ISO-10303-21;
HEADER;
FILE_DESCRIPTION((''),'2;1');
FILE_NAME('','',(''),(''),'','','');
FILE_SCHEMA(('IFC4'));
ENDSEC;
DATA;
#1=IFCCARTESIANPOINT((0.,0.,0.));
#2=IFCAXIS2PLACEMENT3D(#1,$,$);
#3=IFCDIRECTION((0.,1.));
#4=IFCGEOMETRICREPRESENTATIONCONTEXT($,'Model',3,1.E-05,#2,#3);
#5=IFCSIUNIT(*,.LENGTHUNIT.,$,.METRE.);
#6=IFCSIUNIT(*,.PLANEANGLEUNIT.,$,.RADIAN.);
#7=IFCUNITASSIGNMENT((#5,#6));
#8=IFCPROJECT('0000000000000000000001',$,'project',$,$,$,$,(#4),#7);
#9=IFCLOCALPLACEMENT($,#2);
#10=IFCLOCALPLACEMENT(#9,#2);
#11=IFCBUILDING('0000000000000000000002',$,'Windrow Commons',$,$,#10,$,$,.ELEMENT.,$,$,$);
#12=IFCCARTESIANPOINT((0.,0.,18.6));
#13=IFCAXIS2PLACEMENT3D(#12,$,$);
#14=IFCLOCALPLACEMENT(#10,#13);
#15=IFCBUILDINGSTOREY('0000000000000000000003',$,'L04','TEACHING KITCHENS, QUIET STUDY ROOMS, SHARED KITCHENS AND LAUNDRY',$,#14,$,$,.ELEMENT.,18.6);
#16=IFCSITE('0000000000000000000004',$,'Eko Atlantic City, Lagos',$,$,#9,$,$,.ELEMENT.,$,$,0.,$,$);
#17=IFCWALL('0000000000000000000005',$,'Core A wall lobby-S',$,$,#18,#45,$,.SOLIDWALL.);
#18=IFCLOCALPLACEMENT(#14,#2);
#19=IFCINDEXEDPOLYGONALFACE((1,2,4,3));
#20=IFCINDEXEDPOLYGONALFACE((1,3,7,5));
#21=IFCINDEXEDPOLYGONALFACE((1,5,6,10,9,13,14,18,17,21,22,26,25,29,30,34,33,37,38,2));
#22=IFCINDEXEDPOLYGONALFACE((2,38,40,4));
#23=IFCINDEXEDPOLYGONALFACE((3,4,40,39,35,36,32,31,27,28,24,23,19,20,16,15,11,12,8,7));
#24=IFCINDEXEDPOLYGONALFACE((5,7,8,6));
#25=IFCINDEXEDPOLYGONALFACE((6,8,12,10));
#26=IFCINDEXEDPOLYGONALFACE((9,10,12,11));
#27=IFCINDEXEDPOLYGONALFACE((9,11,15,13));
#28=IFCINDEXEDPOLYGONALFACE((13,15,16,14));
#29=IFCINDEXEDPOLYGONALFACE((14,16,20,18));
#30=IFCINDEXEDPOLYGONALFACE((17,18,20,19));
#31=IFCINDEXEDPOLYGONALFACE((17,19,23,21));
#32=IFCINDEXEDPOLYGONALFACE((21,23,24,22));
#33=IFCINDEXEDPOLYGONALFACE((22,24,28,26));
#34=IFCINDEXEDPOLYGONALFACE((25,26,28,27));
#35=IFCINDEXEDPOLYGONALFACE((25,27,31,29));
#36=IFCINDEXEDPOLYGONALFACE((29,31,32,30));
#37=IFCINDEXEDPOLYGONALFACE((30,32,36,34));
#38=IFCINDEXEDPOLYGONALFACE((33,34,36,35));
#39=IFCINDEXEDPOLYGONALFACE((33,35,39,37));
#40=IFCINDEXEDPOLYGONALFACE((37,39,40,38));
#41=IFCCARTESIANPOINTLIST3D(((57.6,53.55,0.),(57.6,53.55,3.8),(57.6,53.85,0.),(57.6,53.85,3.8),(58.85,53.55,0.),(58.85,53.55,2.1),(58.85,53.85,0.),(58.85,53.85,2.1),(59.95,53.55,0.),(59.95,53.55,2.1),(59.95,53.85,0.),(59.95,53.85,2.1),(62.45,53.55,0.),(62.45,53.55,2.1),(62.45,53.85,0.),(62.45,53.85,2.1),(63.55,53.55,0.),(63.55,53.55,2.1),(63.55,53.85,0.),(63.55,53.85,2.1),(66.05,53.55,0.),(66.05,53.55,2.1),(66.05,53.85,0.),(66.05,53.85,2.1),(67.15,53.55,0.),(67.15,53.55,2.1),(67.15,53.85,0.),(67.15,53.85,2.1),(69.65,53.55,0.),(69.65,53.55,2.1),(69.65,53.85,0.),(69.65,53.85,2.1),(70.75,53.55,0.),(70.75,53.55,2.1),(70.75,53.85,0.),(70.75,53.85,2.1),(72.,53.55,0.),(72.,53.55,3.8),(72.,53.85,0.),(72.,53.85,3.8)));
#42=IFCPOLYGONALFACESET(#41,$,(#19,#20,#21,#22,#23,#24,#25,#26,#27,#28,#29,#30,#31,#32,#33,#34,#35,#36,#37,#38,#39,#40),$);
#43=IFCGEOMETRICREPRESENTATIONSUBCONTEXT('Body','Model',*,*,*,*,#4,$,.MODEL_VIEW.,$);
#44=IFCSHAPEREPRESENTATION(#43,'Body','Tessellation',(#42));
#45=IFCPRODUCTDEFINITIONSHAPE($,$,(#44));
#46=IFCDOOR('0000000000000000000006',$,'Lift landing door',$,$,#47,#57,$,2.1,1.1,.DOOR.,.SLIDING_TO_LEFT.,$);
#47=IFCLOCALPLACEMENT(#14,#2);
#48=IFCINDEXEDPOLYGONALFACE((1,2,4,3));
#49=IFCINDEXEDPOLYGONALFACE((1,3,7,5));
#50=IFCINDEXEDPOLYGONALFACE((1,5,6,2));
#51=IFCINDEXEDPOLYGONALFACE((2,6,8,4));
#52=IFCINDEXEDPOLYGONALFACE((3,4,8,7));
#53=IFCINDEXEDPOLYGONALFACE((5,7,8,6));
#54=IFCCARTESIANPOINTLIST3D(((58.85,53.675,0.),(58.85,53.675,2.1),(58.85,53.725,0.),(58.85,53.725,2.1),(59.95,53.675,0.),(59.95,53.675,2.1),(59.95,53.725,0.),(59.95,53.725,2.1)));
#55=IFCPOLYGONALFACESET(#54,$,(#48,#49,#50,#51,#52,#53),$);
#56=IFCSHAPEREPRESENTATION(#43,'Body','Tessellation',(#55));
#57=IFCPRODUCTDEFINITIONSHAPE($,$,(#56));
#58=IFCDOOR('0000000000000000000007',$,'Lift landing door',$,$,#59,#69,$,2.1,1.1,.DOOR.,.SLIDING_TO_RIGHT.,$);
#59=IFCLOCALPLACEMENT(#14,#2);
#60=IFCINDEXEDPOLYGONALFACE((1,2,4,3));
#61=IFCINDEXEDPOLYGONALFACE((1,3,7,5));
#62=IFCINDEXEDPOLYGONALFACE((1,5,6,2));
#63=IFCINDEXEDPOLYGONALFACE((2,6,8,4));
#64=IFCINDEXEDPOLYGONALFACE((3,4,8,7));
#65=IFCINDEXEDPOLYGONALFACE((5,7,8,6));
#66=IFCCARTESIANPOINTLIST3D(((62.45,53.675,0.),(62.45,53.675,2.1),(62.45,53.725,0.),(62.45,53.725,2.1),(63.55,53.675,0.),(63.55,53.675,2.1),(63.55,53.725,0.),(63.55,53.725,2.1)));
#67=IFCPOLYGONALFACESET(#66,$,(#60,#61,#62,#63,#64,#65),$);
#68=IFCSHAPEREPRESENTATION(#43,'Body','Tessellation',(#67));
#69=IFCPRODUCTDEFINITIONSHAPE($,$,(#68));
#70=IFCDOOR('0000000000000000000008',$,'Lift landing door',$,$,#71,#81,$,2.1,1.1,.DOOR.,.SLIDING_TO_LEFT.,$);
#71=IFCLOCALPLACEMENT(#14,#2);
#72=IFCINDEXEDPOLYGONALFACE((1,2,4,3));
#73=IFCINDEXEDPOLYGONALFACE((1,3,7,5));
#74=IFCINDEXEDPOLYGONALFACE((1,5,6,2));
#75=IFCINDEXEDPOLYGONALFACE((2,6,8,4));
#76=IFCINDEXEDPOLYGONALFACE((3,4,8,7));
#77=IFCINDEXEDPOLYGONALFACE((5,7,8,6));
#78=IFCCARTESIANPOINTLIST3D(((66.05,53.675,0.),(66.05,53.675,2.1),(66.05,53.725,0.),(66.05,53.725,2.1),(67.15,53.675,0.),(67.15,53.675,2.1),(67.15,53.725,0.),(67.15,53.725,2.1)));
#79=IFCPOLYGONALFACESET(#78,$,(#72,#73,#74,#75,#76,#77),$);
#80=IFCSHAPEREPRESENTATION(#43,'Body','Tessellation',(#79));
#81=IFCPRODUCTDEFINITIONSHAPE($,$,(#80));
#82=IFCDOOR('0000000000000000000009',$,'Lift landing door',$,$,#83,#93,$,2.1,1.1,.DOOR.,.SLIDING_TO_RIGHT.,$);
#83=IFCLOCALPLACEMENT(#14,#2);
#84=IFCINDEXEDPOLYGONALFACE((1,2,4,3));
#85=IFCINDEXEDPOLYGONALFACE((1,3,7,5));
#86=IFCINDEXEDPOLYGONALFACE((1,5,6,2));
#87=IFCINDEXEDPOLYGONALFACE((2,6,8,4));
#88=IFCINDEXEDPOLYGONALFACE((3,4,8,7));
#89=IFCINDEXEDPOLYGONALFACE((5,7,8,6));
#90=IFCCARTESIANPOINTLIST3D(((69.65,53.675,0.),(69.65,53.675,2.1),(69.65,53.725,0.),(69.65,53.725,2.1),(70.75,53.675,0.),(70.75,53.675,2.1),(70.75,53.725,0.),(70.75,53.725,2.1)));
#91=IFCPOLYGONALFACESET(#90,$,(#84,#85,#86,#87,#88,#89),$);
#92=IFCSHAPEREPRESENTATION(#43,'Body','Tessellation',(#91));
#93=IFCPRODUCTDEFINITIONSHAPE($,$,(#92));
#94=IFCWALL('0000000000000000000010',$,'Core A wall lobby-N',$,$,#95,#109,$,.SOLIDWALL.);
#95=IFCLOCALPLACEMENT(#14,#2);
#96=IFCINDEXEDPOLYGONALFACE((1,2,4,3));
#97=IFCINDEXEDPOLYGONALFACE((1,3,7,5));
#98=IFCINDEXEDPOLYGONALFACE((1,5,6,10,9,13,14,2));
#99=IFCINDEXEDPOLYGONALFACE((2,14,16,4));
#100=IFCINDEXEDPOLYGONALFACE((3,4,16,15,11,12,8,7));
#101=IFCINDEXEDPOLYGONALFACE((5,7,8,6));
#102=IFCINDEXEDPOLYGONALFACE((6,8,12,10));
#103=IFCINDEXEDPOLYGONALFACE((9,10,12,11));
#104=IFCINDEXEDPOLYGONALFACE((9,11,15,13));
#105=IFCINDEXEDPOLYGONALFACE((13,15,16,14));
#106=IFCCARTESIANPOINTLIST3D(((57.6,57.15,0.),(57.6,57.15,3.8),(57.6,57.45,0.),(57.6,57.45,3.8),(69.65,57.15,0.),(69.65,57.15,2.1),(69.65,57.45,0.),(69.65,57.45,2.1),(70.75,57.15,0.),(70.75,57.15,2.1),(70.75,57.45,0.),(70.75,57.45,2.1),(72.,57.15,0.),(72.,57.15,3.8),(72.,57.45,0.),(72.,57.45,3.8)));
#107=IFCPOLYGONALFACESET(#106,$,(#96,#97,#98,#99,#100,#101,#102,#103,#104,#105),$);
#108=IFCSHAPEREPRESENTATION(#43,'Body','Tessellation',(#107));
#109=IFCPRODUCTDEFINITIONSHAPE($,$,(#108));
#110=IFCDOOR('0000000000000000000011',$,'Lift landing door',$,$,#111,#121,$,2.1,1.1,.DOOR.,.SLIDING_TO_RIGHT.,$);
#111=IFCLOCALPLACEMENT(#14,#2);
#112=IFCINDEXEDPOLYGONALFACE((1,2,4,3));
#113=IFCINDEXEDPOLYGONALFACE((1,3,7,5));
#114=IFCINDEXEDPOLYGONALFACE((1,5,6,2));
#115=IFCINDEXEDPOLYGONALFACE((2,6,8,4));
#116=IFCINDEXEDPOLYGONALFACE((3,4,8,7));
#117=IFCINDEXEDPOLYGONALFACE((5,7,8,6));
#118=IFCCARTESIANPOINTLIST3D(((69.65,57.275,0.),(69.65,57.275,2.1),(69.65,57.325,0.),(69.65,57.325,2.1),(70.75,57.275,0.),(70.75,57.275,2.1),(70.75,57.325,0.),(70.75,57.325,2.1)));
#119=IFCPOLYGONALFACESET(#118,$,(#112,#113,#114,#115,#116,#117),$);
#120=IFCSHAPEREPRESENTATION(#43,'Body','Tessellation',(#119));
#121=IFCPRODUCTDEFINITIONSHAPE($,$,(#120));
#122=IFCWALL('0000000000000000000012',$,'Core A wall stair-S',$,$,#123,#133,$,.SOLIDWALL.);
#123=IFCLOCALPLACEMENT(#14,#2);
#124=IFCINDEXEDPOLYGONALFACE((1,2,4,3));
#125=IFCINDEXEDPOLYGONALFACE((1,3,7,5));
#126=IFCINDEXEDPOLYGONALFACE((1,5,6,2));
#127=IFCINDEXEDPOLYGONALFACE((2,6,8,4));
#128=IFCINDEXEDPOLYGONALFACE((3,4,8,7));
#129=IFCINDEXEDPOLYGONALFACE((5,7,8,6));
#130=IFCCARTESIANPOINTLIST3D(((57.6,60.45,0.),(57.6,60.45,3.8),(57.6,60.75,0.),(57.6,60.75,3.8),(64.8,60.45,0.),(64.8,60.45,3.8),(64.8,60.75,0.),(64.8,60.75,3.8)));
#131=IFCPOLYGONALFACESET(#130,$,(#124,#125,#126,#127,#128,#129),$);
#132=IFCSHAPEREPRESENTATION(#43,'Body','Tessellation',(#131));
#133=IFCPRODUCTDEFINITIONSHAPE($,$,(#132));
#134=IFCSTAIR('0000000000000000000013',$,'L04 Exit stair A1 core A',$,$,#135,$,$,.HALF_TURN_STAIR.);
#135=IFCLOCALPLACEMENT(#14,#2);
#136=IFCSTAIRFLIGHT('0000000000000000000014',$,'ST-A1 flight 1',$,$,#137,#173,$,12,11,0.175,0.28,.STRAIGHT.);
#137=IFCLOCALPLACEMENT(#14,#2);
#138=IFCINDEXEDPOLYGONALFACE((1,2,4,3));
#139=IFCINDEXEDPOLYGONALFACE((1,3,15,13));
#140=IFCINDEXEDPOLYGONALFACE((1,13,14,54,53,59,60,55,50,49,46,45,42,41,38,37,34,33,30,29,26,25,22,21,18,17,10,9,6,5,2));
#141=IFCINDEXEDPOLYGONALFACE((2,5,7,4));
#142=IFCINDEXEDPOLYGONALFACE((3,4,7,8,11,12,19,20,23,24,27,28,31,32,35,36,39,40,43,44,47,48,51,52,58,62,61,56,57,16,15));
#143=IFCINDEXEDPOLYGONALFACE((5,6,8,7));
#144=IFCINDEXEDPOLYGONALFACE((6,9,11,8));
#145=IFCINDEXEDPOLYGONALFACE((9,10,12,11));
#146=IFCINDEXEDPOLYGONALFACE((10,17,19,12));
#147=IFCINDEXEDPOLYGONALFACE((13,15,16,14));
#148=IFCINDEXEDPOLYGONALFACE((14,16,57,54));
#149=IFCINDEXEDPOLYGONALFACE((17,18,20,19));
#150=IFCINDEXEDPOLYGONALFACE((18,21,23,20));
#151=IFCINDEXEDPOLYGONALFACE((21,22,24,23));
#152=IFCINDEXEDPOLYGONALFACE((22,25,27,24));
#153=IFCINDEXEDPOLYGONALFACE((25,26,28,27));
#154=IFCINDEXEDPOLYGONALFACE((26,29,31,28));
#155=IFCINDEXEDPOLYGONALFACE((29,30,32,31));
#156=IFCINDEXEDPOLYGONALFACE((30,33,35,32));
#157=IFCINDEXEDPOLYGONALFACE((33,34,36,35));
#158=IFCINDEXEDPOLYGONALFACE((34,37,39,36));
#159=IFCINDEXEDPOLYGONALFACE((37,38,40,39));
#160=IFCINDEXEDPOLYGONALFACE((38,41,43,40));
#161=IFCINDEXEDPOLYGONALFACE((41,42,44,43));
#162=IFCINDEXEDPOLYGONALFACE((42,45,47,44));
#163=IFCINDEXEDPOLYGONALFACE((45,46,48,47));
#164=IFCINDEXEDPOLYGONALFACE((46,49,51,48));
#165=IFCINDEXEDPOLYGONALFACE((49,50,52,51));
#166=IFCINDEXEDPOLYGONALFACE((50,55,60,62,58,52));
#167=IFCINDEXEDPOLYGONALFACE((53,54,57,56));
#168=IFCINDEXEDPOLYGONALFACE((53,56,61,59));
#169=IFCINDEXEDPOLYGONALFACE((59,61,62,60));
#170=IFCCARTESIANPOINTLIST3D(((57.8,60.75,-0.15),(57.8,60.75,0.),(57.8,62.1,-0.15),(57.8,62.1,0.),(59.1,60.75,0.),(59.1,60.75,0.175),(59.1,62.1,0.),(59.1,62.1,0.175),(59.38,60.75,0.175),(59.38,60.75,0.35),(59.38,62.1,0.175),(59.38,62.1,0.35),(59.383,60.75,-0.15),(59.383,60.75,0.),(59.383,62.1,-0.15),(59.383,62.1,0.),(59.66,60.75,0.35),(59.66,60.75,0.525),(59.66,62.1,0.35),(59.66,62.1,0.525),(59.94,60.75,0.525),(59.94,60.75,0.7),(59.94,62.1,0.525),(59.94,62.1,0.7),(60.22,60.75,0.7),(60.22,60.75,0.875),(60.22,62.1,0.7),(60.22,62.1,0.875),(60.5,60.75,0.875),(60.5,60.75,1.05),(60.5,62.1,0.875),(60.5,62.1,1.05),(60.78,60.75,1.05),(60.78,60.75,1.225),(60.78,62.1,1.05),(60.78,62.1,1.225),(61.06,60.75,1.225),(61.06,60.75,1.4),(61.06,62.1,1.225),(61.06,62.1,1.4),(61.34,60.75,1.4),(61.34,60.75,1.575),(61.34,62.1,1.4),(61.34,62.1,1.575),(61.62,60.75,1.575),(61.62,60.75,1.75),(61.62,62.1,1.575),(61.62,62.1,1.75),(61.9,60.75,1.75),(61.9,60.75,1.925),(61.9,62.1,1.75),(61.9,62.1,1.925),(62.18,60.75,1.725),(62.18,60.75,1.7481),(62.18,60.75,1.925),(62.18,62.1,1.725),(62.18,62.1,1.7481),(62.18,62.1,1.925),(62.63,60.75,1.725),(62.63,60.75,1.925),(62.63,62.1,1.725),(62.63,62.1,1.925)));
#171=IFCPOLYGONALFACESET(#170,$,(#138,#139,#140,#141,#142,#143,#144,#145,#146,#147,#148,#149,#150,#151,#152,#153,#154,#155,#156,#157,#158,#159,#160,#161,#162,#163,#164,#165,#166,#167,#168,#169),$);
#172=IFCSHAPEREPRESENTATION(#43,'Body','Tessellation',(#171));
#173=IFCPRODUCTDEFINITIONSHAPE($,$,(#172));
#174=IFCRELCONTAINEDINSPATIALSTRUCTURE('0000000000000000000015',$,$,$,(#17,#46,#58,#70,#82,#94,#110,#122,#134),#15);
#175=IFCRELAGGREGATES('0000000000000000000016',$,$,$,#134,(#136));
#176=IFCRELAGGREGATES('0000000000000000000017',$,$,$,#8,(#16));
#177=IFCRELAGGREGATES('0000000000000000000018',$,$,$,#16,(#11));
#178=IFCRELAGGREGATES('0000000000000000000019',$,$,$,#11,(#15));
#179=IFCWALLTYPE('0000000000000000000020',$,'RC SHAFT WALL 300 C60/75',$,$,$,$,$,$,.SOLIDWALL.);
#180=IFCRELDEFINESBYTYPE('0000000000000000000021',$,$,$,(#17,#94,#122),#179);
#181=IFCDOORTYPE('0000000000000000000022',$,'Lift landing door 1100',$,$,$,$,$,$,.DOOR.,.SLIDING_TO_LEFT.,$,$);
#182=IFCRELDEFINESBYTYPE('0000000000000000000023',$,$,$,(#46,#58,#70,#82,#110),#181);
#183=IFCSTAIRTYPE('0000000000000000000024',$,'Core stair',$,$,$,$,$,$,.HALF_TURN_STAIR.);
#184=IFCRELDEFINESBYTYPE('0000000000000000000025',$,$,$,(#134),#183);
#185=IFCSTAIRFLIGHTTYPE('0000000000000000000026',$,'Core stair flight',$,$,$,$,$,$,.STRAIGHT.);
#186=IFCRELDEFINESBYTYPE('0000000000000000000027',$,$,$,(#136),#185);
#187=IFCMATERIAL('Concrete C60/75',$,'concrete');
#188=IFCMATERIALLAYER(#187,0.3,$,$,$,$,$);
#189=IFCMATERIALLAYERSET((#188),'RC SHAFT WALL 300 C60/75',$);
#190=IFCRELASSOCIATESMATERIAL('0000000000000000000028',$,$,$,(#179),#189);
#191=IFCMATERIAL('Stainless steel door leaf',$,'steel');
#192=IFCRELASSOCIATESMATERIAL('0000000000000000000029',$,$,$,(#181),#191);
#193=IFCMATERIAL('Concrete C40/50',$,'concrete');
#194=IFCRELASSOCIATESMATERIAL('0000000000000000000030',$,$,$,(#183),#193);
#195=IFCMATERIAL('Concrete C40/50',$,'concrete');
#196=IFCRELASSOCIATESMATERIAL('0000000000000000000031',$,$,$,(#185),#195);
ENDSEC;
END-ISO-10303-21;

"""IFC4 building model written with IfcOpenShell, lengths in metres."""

from ifc_helpers import new_model, si_unit, direction, frame, frame_2d, origin, place, context, subcontext, project, spatial, polyline, rectangle, outline, extrude, material, layer, layer_set, type_object, element, fill, aggregate, save


model = new_model("IFC4")

# Units and contexts
model_context = context("Model", 3, precision=1e-05, world=origin(), true_north=direction((0.0, 1.0)))
body_context = subcontext(model_context, "Body", "Model", "MODEL_VIEW")
ifc_project = project(units=[si_unit("LENGTHUNIT", "METRE"), si_unit("PLANEANGLEUNIT", "RADIAN")], contexts=[model_context])

# Site, building, storey
site_placement = place(None, origin())
site = spatial("IfcSite", under=ifc_project, at=site_placement, Name="Eko Atlantic City, Lagos", CompositionType="ELEMENT", RefElevation=0.0)
building_placement = place(site_placement, origin())
building = spatial("IfcBuilding", under=site, at=building_placement, Name="Windrow Commons", CompositionType="ELEMENT")
storey_placement = place(building_placement, frame((0.0, 0.0, 18.6)))
storey = spatial("IfcBuildingStorey", under=building, at=storey_placement, Name="L04", Description="TEACHING KITCHENS, QUIET STUDY ROOMS, SHARED KITCHENS AND LAUNDRY", CompositionType="ELEMENT", Elevation=18.6)

# Shared definitions
ifc_material_1 = material(Name="Concrete C60/75", Category="concrete")
ifc_layer_1 = layer(ifc_material_1, 0.3)
ifc_layer_set_1 = layer_set([ifc_layer_1], Name="RC SHAFT WALL 300 C60/75")
wall_type_1 = type_object("IfcWallType", Name="RC SHAFT WALL 300 C60/75", PredefinedType="SOLIDWALL", material=ifc_layer_set_1)

# Wall, openings, doors
wall_1_placement = place(storey_placement, frame((57.6, 53.7, 0.0), z_axis=(0.0, 0.0, 1.0), x_axis=(1.0, 0.0, 0.0)))
wall_1 = element("IfcWall", 1, at=wall_1_placement, inside=storey, type_object=wall_type_1, Name="Core A wall lobby-S", PredefinedType="SOLIDWALL", context=body_context, shape_type="SweptSolid", body=[
    extrude(rectangle(XDim=14.4, YDim=0.3, at=frame_2d((7.2, 0.0))), origin(), (0.0, 0.0, 1.0), 3.8),
])
opening_1_placement = place(wall_1_placement, frame((1.25, 0.0, 0.0)))
opening_1 = element("IfcOpeningElement", 2, at=opening_1_placement, cuts=wall_1, PredefinedType="OPENING", context=body_context, shape_type="SweptSolid", body=[
    extrude(rectangle(XDim=1.1, YDim=2.1, at=frame_2d((0.55, 1.05))), frame((0.0, 0.16, 0.0), z_axis=(0.0, -1.0, 0.0), x_axis=(1.0, 0.0, 0.0)), (0.0, 0.0, 1.0), 0.32),
])
opening_2_placement = place(wall_1_placement, frame((4.85, 0.0, 0.0)))
opening_2 = element("IfcOpeningElement", 3, at=opening_2_placement, cuts=wall_1, PredefinedType="OPENING", context=body_context, shape_type="SweptSolid", body=[
    extrude(rectangle(XDim=1.1, YDim=2.1, at=frame_2d((0.55, 1.05))), frame((0.0, 0.16, 0.0), z_axis=(0.0, -1.0, 0.0), x_axis=(1.0, 0.0, 0.0)), (0.0, 0.0, 1.0), 0.32),
])
opening_3_placement = place(wall_1_placement, frame((8.45, 0.0, 0.0)))
opening_3 = element("IfcOpeningElement", 4, at=opening_3_placement, cuts=wall_1, PredefinedType="OPENING", context=body_context, shape_type="SweptSolid", body=[
    extrude(rectangle(XDim=1.1, YDim=2.1, at=frame_2d((0.55, 1.05))), frame((0.0, 0.16, 0.0), z_axis=(0.0, -1.0, 0.0), x_axis=(1.0, 0.0, 0.0)), (0.0, 0.0, 1.0), 0.32),
])
opening_4_placement = place(wall_1_placement, frame((12.05, 0.0, 0.0)))
opening_4 = element("IfcOpeningElement", 5, at=opening_4_placement, cuts=wall_1, PredefinedType="OPENING", context=body_context, shape_type="SweptSolid", body=[
    extrude(rectangle(XDim=1.1, YDim=2.1, at=frame_2d((0.55, 1.05))), frame((0.0, 0.16, 0.0), z_axis=(0.0, -1.0, 0.0), x_axis=(1.0, 0.0, 0.0)), (0.0, 0.0, 1.0), 0.32),
])
ifc_material_2 = material(Name="Stainless steel door leaf", Category="steel")
door_type_1 = type_object("IfcDoorType", Name="Lift landing door 1100", OperationType="SLIDING_TO_LEFT", PredefinedType="DOOR", material=ifc_material_2)
door_1_placement = place(opening_1_placement, origin())
door_1 = element("IfcDoor", 6, at=door_1_placement, inside=storey, type_object=door_type_1, Name="Lift landing door", OperationType="SLIDING_TO_LEFT", OverallHeight=2.1, OverallWidth=1.1, PredefinedType="DOOR", context=body_context, shape_type="SweptSolid", body=[
    extrude(rectangle(XDim=1.1, YDim=2.1, at=frame_2d((0.55, 1.05))), frame((0.0, 0.025, 0.0), z_axis=(0.0, -1.0, 0.0), x_axis=(1.0, 0.0, 0.0)), (0.0, 0.0, 1.0), 0.05),
])
fill(opening_1, door_1)
door_2_placement = place(opening_2_placement, origin())
door_2 = element("IfcDoor", 7, at=door_2_placement, inside=storey, type_object=door_type_1, Name="Lift landing door", OperationType="SLIDING_TO_RIGHT", OverallHeight=2.1, OverallWidth=1.1, PredefinedType="DOOR", context=body_context, shape_type="SweptSolid", body=[
    extrude(rectangle(XDim=1.1, YDim=2.1, at=frame_2d((0.55, 1.05))), frame((0.0, 0.025, 0.0), z_axis=(0.0, -1.0, 0.0), x_axis=(1.0, 0.0, 0.0)), (0.0, 0.0, 1.0), 0.05),
])
fill(opening_2, door_2)
door_3_placement = place(opening_3_placement, origin())
door_3 = element("IfcDoor", 8, at=door_3_placement, inside=storey, type_object=door_type_1, Name="Lift landing door", OperationType="SLIDING_TO_LEFT", OverallHeight=2.1, OverallWidth=1.1, PredefinedType="DOOR", context=body_context, shape_type="SweptSolid", body=[
    extrude(rectangle(XDim=1.1, YDim=2.1, at=frame_2d((0.55, 1.05))), frame((0.0, 0.025, 0.0), z_axis=(0.0, -1.0, 0.0), x_axis=(1.0, 0.0, 0.0)), (0.0, 0.0, 1.0), 0.05),
])
fill(opening_3, door_3)
door_4_placement = place(opening_4_placement, origin())
door_4 = element("IfcDoor", 9, at=door_4_placement, inside=storey, type_object=door_type_1, Name="Lift landing door", OperationType="SLIDING_TO_RIGHT", OverallHeight=2.1, OverallWidth=1.1, PredefinedType="DOOR", context=body_context, shape_type="SweptSolid", body=[
    extrude(rectangle(XDim=1.1, YDim=2.1, at=frame_2d((0.55, 1.05))), frame((0.0, 0.025, 0.0), z_axis=(0.0, -1.0, 0.0), x_axis=(1.0, 0.0, 0.0)), (0.0, 0.0, 1.0), 0.05),
])
fill(opening_4, door_4)

# Wall, opening, door
wall_2_placement = place(storey_placement, frame((57.6, 57.3, 0.0), z_axis=(0.0, 0.0, 1.0), x_axis=(1.0, 0.0, 0.0)))
wall_2 = element("IfcWall", 10, at=wall_2_placement, inside=storey, type_object=wall_type_1, Name="Core A wall lobby-N", PredefinedType="SOLIDWALL", context=body_context, shape_type="SweptSolid", body=[
    extrude(rectangle(XDim=14.4, YDim=0.3, at=frame_2d((7.2, 0.0))), origin(), (0.0, 0.0, 1.0), 3.8),
])
opening_5_placement = place(wall_2_placement, frame((12.05, 0.0, 0.0)))
opening_5 = element("IfcOpeningElement", 11, at=opening_5_placement, cuts=wall_2, PredefinedType="OPENING", context=body_context, shape_type="SweptSolid", body=[
    extrude(rectangle(XDim=1.1, YDim=2.1, at=frame_2d((0.55, 1.05))), frame((0.0, 0.16, 0.0), z_axis=(0.0, -1.0, 0.0), x_axis=(1.0, 0.0, 0.0)), (0.0, 0.0, 1.0), 0.32),
])
door_5_placement = place(opening_5_placement, origin())
door_5 = element("IfcDoor", 12, at=door_5_placement, inside=storey, type_object=door_type_1, Name="Lift landing door", OperationType="SLIDING_TO_RIGHT", OverallHeight=2.1, OverallWidth=1.1, PredefinedType="DOOR", context=body_context, shape_type="SweptSolid", body=[
    extrude(rectangle(XDim=1.1, YDim=2.1, at=frame_2d((0.55, 1.05))), frame((0.0, 0.025, 0.0), z_axis=(0.0, -1.0, 0.0), x_axis=(1.0, 0.0, 0.0)), (0.0, 0.0, 1.0), 0.05),
])
fill(opening_5, door_5)

# Wall
wall_3_placement = place(storey_placement, frame((57.6, 60.6, 0.0), z_axis=(0.0, 0.0, 1.0), x_axis=(1.0, 0.0, 0.0)))
element("IfcWall", 13, at=wall_3_placement, inside=storey, type_object=wall_type_1, Name="Core A wall stair-S", PredefinedType="SOLIDWALL", context=body_context, shape_type="SweptSolid", body=[
    extrude(rectangle(XDim=7.2, YDim=0.3, at=frame_2d((3.6, 0.0))), origin(), (0.0, 0.0, 1.0), 3.8),
])

# Stair, stair flight
ifc_material_3 = material(Name="Concrete C40/50", Category="concrete")
stair_type = type_object("IfcStairType", Name="Core stair", PredefinedType="HALF_TURN_STAIR", material=ifc_material_3)
stair_placement = place(storey_placement, origin())
stair = element("IfcStair", 14, at=stair_placement, inside=storey, type_object=stair_type, Name="L04 Exit stair A1 core A", PredefinedType="HALF_TURN_STAIR")
ifc_material_4 = material(Name="Concrete C40/50", Category="concrete")
stair_flight_type = type_object("IfcStairFlightType", Name="Core stair flight", PredefinedType="STRAIGHT", material=ifc_material_4)
stair_flight_placement = place(storey_placement, frame((59.1, 61.425, 0.0), z_axis=(0.0, 0.0, 1.0), x_axis=(1.0, 0.0, 0.0)))
stair_flight = element("IfcStairFlight", 15, at=stair_flight_placement, type_object=stair_flight_type, Name="ST-A1 flight 1", NumberOfRisers=12, NumberOfTreads=11, PredefinedType="STRAIGHT", RiserHeight=0.175, TreadLength=0.28, context=body_context, shape_type="SweptSolid", body=[
    extrude(outline(polyline([(-1.3, -0.15), (-1.3, 0.0), (0.0, 0.0), (0.0, 0.175), (0.28, 0.175), (0.28, 0.35), (0.56, 0.35), (0.56, 0.525), (0.84, 0.525), (0.84, 0.7), (1.12, 0.7), (1.12, 0.875), (1.4, 0.875), (1.4, 1.05), (1.68, 1.05), (1.68, 1.225), (1.96, 1.225), (1.96, 1.4), (2.24, 1.4), (2.24, 1.575), (2.52, 1.575), (2.52, 1.75), (2.8, 1.75), (2.8, 1.925), (3.08, 1.925), (3.53, 1.925), (3.53, 1.725), (3.08, 1.725), (3.08, 1.7481), (0.283, 0.0), (0.283, -0.15), (-1.3, -0.15)])), frame((0.0, 0.675, 0.0), z_axis=(0.0, -1.0, 0.0), x_axis=(1.0, 0.0, 0.0)), (0.0, 0.0, 1.0), 1.35),
])
aggregate(stair, [stair_flight])

save(model, "model.ifc")
